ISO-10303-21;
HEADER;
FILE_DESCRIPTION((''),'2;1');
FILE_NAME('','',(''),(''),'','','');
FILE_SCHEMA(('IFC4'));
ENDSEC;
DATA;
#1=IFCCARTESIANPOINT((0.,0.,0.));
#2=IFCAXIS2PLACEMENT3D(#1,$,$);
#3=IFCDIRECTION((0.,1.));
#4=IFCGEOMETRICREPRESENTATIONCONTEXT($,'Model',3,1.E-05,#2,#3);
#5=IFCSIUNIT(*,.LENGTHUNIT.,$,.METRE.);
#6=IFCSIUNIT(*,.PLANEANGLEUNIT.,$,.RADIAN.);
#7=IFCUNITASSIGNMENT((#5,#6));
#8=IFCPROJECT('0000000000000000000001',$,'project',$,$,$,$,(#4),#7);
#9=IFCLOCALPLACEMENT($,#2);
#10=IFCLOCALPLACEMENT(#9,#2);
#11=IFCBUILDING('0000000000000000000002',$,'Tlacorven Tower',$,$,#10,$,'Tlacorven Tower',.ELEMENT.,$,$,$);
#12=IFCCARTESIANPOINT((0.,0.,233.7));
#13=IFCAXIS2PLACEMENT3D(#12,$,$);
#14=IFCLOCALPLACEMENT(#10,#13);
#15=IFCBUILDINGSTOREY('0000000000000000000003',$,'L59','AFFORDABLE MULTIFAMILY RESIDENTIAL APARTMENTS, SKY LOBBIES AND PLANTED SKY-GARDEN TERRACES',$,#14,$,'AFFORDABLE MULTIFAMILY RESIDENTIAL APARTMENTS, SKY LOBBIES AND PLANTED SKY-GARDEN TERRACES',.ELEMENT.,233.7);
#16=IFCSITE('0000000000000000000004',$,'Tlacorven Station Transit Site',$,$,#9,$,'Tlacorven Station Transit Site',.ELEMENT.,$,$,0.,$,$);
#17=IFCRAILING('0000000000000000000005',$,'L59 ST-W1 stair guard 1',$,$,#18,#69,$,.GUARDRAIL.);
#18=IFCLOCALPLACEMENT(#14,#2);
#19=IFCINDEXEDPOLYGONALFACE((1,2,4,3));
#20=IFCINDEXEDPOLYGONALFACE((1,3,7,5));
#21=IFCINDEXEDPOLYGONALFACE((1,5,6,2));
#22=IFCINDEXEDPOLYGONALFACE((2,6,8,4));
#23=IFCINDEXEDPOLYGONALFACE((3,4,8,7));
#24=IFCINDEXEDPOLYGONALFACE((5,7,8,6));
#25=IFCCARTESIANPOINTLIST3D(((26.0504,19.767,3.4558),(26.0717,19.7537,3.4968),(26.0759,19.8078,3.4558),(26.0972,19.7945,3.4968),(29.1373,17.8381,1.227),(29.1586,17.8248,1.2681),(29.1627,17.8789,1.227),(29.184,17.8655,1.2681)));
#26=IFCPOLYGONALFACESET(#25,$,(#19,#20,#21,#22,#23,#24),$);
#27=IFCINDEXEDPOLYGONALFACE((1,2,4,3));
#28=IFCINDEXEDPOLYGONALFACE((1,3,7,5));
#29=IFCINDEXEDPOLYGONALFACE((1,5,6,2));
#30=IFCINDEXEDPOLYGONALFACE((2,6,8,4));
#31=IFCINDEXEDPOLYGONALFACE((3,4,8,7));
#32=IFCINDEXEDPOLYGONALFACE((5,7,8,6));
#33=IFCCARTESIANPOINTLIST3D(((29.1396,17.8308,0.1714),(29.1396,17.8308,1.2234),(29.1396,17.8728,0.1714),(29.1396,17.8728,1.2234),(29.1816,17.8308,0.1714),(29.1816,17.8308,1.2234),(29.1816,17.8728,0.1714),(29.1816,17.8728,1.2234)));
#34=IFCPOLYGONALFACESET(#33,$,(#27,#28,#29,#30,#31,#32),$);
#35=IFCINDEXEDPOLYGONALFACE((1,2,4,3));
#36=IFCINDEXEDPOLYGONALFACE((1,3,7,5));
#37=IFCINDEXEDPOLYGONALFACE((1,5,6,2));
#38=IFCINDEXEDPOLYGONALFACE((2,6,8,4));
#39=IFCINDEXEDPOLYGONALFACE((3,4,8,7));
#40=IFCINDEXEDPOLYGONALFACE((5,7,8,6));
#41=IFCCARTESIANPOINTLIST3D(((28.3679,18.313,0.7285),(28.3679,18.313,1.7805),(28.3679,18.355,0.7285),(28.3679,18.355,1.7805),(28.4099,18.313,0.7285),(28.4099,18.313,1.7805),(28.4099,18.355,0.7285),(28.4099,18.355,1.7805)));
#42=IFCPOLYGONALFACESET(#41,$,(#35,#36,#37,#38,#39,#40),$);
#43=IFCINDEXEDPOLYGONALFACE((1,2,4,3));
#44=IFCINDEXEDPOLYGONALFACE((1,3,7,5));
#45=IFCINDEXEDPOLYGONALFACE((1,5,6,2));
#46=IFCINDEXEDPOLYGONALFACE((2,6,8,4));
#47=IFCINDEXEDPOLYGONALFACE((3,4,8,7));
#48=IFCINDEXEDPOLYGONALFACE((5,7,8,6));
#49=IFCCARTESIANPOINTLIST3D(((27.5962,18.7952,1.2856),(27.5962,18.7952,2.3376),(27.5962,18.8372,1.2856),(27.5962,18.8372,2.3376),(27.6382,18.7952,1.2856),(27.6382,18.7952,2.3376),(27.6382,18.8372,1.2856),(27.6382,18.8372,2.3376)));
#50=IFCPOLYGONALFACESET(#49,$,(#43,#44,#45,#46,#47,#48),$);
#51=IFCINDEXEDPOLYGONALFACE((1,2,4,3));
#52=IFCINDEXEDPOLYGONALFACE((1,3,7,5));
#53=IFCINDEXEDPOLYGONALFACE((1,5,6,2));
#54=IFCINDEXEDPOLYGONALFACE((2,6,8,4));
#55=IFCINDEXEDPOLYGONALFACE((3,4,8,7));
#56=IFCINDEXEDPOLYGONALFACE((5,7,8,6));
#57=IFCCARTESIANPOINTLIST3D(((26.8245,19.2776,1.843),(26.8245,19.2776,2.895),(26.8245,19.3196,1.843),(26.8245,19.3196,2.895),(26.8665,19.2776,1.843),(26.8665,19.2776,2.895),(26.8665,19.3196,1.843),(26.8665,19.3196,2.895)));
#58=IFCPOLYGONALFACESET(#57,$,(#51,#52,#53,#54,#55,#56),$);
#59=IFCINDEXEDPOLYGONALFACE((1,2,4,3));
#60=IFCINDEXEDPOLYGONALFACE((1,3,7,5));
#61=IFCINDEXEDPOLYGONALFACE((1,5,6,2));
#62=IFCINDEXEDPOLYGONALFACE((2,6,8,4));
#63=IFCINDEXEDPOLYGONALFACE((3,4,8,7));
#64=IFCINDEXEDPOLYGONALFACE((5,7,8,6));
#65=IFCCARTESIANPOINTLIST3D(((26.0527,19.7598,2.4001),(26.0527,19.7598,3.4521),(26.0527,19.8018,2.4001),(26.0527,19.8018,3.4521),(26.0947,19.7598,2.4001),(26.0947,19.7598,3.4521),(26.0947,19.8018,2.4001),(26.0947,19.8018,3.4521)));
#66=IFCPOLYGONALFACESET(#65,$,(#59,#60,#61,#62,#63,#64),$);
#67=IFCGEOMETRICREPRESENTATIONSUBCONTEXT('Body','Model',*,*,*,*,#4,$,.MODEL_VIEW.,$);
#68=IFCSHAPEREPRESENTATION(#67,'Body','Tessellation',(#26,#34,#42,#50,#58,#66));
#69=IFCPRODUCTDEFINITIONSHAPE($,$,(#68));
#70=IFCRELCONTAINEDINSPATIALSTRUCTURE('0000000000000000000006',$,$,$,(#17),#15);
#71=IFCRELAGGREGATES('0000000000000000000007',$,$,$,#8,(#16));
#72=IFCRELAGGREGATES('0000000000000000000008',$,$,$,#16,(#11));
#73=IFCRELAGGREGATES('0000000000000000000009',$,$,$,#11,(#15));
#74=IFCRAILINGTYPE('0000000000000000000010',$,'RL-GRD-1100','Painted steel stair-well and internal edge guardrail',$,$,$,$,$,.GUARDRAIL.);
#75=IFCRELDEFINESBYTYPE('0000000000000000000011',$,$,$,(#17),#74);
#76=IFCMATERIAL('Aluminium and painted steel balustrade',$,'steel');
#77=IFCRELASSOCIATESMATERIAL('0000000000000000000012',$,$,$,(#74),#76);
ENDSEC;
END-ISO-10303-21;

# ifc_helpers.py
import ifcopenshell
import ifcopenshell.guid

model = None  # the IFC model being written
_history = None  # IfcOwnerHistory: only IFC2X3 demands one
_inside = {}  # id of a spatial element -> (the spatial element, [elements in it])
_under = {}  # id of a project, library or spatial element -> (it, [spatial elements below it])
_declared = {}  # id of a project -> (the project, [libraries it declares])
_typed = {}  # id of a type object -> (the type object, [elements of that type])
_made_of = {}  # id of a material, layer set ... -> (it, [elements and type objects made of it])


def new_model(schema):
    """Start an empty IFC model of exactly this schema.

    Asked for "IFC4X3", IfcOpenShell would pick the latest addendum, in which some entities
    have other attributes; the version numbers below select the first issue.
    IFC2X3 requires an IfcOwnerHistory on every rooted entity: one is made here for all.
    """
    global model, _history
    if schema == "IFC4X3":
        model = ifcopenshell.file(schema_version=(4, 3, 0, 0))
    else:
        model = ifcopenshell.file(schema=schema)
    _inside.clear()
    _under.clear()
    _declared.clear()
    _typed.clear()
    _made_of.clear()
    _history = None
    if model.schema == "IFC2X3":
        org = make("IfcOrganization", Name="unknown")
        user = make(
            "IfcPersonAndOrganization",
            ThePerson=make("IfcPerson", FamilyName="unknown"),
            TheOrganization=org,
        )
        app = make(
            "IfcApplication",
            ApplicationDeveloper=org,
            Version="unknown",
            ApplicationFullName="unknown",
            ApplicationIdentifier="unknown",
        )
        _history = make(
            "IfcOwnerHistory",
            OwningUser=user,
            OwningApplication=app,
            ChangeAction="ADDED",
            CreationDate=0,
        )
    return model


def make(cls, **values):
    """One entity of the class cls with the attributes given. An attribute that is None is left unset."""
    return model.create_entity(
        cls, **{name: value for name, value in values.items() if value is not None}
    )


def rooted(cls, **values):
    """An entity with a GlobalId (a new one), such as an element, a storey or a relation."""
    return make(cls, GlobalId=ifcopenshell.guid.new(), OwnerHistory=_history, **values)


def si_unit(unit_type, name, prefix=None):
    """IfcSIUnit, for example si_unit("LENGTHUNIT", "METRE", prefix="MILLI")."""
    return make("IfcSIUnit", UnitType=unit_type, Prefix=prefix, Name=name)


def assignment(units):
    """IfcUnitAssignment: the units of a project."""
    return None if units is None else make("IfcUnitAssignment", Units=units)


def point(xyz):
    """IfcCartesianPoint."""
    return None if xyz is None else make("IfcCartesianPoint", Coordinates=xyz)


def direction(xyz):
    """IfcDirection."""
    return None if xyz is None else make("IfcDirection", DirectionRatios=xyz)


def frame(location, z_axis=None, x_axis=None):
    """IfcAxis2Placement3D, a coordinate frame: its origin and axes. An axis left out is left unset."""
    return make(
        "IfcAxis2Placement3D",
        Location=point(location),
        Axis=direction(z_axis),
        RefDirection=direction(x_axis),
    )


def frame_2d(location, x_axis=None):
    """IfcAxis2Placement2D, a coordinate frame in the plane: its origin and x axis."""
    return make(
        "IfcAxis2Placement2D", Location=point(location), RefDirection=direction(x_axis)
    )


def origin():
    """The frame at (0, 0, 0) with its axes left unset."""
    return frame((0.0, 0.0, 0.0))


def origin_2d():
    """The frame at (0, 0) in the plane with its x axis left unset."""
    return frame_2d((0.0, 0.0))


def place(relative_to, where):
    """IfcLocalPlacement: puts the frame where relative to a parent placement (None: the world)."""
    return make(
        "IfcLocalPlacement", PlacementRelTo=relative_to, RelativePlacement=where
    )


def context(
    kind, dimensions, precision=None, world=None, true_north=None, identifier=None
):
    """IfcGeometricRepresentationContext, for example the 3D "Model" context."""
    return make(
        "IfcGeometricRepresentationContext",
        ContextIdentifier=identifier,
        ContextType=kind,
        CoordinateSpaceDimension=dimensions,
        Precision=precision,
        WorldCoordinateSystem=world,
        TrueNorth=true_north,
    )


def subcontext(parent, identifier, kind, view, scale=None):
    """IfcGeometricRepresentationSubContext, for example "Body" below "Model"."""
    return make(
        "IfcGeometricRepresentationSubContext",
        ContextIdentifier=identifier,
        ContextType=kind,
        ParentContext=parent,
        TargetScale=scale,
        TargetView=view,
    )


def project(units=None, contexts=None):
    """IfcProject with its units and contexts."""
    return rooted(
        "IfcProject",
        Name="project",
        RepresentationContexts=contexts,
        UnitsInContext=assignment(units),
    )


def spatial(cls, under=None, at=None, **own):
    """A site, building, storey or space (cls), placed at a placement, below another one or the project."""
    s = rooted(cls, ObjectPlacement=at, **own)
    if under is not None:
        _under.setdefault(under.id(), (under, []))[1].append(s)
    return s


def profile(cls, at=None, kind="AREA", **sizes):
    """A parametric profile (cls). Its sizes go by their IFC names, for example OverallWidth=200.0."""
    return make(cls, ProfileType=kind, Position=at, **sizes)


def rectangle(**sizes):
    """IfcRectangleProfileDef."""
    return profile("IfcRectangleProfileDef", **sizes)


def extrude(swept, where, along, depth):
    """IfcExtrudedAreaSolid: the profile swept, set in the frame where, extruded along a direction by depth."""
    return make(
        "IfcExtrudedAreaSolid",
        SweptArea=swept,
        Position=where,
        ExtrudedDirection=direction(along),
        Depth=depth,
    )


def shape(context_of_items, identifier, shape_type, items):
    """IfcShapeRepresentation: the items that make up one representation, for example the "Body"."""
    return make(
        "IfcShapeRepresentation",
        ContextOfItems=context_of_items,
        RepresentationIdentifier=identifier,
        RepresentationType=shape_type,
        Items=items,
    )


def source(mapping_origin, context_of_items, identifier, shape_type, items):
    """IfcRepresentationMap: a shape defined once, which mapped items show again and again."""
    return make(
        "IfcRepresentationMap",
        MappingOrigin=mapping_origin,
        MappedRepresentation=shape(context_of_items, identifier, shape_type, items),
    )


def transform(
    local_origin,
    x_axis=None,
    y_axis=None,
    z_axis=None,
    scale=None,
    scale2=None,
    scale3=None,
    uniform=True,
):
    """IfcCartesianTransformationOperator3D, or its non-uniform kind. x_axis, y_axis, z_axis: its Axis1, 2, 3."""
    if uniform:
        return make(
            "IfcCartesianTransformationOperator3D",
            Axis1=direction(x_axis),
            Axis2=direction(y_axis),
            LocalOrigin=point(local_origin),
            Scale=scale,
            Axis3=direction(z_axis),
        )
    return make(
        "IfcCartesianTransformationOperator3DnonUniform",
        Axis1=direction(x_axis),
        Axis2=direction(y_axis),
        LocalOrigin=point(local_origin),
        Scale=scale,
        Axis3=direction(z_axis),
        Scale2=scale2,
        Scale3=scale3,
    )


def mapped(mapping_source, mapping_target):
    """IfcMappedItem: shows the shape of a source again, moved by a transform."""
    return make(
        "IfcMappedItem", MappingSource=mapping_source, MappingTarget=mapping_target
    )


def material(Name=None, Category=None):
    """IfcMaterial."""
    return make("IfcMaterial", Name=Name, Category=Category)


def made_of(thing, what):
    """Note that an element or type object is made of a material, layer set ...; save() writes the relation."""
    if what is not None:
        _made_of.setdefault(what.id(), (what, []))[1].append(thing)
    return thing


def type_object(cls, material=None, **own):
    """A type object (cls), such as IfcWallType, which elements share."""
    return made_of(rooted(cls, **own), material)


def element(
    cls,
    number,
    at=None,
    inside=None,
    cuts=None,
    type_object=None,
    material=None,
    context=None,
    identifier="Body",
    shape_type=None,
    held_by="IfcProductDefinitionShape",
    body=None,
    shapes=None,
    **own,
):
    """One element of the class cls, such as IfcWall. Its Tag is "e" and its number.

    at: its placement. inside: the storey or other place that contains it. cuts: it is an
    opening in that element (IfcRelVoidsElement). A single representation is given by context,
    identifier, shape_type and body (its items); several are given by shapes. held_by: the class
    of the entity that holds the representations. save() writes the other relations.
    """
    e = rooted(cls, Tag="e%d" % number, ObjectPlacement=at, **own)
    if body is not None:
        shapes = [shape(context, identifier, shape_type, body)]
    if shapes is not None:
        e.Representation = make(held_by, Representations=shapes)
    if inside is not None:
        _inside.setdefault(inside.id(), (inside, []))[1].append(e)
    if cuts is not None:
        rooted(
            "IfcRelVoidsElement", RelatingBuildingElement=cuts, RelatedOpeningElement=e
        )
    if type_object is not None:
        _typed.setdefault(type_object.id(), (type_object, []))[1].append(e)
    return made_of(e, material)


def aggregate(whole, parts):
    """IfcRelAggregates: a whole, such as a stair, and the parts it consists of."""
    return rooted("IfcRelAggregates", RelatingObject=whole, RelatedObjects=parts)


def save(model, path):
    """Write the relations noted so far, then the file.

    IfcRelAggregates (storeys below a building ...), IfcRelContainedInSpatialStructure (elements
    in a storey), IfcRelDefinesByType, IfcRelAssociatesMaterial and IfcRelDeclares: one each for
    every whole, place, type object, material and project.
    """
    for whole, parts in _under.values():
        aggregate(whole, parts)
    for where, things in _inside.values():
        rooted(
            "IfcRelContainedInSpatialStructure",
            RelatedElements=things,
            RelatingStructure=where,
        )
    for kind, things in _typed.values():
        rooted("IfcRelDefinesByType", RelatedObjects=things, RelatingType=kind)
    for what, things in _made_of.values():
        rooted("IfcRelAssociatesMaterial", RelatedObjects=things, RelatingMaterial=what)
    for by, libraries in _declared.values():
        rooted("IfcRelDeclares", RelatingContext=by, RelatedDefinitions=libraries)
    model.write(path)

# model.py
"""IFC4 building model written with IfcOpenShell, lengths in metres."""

from ifc_helpers import new_model, si_unit, direction, frame, origin, origin_2d, place, context, subcontext, project, spatial, rectangle, extrude, source, transform, mapped, material, type_object, element, save


model = new_model("IFC4")

# Units and contexts
model_context = context("Model", 3, precision=1e-05, world=origin(), true_north=direction((0.0, 1.0)))
body_context = subcontext(model_context, "Body", "Model", "MODEL_VIEW")
ifc_project = project(units=[si_unit("LENGTHUNIT", "METRE"), si_unit("PLANEANGLEUNIT", "RADIAN")], contexts=[model_context])

# Site, building, storey
site_placement = place(None, origin())
site = spatial("IfcSite", under=ifc_project, at=site_placement, Name="Tlacorven Station Transit Site", LongName="Tlacorven Station Transit Site", CompositionType="ELEMENT", RefElevation=0.0)
building_placement = place(site_placement, origin())
building = spatial("IfcBuilding", under=site, at=building_placement, Name="Tlacorven Tower", LongName="Tlacorven Tower", CompositionType="ELEMENT")
storey_placement = place(building_placement, frame((0.0, 0.0, 233.7)))
storey = spatial("IfcBuildingStorey", under=building, at=storey_placement, Name="L59", Description="AFFORDABLE MULTIFAMILY RESIDENTIAL APARTMENTS, SKY LOBBIES AND PLANTED SKY-GARDEN TERRACES", LongName="AFFORDABLE MULTIFAMILY RESIDENTIAL APARTMENTS, SKY LOBBIES AND PLANTED SKY-GARDEN TERRACES", CompositionType="ELEMENT", Elevation=233.7)

# Railing
ifc_material_1 = material(Name="Aluminium and painted steel balustrade", Category="steel")
railing_type_1 = type_object("IfcRailingType", Name="RL-GRD-1100", Description="Painted steel stair-well and internal edge guardrail", PredefinedType="GUARDRAIL", material=ifc_material_1)
shared_shape_1 = source(origin(), body_context, "Body", "SweptSolid", [
    extrude(rectangle(XDim=0.0481, YDim=0.0481, at=origin_2d()), frame((0.0, 0.0, 1.0762), z_axis=(-0.723241, 0.45194, 0.522182), x_axis=(-0.529927, -0.848044, 0.0)), (0.0, 0.0, 1.0), 4.2681),
    extrude(rectangle(XDim=0.042, YDim=0.042, at=origin_2d()), origin(), (0.0, 0.0, 1.0), 1.052),
    extrude(rectangle(XDim=0.042, YDim=0.042, at=origin_2d()), frame((-0.7717, 0.4822, 0.5571)), (0.0, 0.0, 1.0), 1.052),
    extrude(rectangle(XDim=0.042, YDim=0.042, at=origin_2d()), frame((-1.5435, 0.9644, 1.1143)), (0.0, 0.0, 1.0), 1.052),
    extrude(rectangle(XDim=0.042, YDim=0.042, at=origin_2d()), frame((-2.3152, 1.4468, 1.6716)), (0.0, 0.0, 1.0), 1.052),
    extrude(rectangle(XDim=0.042, YDim=0.042, at=origin_2d()), frame((-3.0869, 1.929, 2.2288)), (0.0, 0.0, 1.0), 1.052),
])
railing_1_placement = place(storey_placement, frame((29.1606, 17.8518, 0.1714)))
element("IfcRailing", 1, at=railing_1_placement, inside=storey, type_object=railing_type_1, Name="L59 ST-W1 stair guard 1", PredefinedType="GUARDRAIL", context=body_context, shape_type="MappedRepresentation", body=[
    mapped(shared_shape_1, transform((0.0, 0.0, 0.0), scale=1.0)),
])

save(model, "model.ifc")
